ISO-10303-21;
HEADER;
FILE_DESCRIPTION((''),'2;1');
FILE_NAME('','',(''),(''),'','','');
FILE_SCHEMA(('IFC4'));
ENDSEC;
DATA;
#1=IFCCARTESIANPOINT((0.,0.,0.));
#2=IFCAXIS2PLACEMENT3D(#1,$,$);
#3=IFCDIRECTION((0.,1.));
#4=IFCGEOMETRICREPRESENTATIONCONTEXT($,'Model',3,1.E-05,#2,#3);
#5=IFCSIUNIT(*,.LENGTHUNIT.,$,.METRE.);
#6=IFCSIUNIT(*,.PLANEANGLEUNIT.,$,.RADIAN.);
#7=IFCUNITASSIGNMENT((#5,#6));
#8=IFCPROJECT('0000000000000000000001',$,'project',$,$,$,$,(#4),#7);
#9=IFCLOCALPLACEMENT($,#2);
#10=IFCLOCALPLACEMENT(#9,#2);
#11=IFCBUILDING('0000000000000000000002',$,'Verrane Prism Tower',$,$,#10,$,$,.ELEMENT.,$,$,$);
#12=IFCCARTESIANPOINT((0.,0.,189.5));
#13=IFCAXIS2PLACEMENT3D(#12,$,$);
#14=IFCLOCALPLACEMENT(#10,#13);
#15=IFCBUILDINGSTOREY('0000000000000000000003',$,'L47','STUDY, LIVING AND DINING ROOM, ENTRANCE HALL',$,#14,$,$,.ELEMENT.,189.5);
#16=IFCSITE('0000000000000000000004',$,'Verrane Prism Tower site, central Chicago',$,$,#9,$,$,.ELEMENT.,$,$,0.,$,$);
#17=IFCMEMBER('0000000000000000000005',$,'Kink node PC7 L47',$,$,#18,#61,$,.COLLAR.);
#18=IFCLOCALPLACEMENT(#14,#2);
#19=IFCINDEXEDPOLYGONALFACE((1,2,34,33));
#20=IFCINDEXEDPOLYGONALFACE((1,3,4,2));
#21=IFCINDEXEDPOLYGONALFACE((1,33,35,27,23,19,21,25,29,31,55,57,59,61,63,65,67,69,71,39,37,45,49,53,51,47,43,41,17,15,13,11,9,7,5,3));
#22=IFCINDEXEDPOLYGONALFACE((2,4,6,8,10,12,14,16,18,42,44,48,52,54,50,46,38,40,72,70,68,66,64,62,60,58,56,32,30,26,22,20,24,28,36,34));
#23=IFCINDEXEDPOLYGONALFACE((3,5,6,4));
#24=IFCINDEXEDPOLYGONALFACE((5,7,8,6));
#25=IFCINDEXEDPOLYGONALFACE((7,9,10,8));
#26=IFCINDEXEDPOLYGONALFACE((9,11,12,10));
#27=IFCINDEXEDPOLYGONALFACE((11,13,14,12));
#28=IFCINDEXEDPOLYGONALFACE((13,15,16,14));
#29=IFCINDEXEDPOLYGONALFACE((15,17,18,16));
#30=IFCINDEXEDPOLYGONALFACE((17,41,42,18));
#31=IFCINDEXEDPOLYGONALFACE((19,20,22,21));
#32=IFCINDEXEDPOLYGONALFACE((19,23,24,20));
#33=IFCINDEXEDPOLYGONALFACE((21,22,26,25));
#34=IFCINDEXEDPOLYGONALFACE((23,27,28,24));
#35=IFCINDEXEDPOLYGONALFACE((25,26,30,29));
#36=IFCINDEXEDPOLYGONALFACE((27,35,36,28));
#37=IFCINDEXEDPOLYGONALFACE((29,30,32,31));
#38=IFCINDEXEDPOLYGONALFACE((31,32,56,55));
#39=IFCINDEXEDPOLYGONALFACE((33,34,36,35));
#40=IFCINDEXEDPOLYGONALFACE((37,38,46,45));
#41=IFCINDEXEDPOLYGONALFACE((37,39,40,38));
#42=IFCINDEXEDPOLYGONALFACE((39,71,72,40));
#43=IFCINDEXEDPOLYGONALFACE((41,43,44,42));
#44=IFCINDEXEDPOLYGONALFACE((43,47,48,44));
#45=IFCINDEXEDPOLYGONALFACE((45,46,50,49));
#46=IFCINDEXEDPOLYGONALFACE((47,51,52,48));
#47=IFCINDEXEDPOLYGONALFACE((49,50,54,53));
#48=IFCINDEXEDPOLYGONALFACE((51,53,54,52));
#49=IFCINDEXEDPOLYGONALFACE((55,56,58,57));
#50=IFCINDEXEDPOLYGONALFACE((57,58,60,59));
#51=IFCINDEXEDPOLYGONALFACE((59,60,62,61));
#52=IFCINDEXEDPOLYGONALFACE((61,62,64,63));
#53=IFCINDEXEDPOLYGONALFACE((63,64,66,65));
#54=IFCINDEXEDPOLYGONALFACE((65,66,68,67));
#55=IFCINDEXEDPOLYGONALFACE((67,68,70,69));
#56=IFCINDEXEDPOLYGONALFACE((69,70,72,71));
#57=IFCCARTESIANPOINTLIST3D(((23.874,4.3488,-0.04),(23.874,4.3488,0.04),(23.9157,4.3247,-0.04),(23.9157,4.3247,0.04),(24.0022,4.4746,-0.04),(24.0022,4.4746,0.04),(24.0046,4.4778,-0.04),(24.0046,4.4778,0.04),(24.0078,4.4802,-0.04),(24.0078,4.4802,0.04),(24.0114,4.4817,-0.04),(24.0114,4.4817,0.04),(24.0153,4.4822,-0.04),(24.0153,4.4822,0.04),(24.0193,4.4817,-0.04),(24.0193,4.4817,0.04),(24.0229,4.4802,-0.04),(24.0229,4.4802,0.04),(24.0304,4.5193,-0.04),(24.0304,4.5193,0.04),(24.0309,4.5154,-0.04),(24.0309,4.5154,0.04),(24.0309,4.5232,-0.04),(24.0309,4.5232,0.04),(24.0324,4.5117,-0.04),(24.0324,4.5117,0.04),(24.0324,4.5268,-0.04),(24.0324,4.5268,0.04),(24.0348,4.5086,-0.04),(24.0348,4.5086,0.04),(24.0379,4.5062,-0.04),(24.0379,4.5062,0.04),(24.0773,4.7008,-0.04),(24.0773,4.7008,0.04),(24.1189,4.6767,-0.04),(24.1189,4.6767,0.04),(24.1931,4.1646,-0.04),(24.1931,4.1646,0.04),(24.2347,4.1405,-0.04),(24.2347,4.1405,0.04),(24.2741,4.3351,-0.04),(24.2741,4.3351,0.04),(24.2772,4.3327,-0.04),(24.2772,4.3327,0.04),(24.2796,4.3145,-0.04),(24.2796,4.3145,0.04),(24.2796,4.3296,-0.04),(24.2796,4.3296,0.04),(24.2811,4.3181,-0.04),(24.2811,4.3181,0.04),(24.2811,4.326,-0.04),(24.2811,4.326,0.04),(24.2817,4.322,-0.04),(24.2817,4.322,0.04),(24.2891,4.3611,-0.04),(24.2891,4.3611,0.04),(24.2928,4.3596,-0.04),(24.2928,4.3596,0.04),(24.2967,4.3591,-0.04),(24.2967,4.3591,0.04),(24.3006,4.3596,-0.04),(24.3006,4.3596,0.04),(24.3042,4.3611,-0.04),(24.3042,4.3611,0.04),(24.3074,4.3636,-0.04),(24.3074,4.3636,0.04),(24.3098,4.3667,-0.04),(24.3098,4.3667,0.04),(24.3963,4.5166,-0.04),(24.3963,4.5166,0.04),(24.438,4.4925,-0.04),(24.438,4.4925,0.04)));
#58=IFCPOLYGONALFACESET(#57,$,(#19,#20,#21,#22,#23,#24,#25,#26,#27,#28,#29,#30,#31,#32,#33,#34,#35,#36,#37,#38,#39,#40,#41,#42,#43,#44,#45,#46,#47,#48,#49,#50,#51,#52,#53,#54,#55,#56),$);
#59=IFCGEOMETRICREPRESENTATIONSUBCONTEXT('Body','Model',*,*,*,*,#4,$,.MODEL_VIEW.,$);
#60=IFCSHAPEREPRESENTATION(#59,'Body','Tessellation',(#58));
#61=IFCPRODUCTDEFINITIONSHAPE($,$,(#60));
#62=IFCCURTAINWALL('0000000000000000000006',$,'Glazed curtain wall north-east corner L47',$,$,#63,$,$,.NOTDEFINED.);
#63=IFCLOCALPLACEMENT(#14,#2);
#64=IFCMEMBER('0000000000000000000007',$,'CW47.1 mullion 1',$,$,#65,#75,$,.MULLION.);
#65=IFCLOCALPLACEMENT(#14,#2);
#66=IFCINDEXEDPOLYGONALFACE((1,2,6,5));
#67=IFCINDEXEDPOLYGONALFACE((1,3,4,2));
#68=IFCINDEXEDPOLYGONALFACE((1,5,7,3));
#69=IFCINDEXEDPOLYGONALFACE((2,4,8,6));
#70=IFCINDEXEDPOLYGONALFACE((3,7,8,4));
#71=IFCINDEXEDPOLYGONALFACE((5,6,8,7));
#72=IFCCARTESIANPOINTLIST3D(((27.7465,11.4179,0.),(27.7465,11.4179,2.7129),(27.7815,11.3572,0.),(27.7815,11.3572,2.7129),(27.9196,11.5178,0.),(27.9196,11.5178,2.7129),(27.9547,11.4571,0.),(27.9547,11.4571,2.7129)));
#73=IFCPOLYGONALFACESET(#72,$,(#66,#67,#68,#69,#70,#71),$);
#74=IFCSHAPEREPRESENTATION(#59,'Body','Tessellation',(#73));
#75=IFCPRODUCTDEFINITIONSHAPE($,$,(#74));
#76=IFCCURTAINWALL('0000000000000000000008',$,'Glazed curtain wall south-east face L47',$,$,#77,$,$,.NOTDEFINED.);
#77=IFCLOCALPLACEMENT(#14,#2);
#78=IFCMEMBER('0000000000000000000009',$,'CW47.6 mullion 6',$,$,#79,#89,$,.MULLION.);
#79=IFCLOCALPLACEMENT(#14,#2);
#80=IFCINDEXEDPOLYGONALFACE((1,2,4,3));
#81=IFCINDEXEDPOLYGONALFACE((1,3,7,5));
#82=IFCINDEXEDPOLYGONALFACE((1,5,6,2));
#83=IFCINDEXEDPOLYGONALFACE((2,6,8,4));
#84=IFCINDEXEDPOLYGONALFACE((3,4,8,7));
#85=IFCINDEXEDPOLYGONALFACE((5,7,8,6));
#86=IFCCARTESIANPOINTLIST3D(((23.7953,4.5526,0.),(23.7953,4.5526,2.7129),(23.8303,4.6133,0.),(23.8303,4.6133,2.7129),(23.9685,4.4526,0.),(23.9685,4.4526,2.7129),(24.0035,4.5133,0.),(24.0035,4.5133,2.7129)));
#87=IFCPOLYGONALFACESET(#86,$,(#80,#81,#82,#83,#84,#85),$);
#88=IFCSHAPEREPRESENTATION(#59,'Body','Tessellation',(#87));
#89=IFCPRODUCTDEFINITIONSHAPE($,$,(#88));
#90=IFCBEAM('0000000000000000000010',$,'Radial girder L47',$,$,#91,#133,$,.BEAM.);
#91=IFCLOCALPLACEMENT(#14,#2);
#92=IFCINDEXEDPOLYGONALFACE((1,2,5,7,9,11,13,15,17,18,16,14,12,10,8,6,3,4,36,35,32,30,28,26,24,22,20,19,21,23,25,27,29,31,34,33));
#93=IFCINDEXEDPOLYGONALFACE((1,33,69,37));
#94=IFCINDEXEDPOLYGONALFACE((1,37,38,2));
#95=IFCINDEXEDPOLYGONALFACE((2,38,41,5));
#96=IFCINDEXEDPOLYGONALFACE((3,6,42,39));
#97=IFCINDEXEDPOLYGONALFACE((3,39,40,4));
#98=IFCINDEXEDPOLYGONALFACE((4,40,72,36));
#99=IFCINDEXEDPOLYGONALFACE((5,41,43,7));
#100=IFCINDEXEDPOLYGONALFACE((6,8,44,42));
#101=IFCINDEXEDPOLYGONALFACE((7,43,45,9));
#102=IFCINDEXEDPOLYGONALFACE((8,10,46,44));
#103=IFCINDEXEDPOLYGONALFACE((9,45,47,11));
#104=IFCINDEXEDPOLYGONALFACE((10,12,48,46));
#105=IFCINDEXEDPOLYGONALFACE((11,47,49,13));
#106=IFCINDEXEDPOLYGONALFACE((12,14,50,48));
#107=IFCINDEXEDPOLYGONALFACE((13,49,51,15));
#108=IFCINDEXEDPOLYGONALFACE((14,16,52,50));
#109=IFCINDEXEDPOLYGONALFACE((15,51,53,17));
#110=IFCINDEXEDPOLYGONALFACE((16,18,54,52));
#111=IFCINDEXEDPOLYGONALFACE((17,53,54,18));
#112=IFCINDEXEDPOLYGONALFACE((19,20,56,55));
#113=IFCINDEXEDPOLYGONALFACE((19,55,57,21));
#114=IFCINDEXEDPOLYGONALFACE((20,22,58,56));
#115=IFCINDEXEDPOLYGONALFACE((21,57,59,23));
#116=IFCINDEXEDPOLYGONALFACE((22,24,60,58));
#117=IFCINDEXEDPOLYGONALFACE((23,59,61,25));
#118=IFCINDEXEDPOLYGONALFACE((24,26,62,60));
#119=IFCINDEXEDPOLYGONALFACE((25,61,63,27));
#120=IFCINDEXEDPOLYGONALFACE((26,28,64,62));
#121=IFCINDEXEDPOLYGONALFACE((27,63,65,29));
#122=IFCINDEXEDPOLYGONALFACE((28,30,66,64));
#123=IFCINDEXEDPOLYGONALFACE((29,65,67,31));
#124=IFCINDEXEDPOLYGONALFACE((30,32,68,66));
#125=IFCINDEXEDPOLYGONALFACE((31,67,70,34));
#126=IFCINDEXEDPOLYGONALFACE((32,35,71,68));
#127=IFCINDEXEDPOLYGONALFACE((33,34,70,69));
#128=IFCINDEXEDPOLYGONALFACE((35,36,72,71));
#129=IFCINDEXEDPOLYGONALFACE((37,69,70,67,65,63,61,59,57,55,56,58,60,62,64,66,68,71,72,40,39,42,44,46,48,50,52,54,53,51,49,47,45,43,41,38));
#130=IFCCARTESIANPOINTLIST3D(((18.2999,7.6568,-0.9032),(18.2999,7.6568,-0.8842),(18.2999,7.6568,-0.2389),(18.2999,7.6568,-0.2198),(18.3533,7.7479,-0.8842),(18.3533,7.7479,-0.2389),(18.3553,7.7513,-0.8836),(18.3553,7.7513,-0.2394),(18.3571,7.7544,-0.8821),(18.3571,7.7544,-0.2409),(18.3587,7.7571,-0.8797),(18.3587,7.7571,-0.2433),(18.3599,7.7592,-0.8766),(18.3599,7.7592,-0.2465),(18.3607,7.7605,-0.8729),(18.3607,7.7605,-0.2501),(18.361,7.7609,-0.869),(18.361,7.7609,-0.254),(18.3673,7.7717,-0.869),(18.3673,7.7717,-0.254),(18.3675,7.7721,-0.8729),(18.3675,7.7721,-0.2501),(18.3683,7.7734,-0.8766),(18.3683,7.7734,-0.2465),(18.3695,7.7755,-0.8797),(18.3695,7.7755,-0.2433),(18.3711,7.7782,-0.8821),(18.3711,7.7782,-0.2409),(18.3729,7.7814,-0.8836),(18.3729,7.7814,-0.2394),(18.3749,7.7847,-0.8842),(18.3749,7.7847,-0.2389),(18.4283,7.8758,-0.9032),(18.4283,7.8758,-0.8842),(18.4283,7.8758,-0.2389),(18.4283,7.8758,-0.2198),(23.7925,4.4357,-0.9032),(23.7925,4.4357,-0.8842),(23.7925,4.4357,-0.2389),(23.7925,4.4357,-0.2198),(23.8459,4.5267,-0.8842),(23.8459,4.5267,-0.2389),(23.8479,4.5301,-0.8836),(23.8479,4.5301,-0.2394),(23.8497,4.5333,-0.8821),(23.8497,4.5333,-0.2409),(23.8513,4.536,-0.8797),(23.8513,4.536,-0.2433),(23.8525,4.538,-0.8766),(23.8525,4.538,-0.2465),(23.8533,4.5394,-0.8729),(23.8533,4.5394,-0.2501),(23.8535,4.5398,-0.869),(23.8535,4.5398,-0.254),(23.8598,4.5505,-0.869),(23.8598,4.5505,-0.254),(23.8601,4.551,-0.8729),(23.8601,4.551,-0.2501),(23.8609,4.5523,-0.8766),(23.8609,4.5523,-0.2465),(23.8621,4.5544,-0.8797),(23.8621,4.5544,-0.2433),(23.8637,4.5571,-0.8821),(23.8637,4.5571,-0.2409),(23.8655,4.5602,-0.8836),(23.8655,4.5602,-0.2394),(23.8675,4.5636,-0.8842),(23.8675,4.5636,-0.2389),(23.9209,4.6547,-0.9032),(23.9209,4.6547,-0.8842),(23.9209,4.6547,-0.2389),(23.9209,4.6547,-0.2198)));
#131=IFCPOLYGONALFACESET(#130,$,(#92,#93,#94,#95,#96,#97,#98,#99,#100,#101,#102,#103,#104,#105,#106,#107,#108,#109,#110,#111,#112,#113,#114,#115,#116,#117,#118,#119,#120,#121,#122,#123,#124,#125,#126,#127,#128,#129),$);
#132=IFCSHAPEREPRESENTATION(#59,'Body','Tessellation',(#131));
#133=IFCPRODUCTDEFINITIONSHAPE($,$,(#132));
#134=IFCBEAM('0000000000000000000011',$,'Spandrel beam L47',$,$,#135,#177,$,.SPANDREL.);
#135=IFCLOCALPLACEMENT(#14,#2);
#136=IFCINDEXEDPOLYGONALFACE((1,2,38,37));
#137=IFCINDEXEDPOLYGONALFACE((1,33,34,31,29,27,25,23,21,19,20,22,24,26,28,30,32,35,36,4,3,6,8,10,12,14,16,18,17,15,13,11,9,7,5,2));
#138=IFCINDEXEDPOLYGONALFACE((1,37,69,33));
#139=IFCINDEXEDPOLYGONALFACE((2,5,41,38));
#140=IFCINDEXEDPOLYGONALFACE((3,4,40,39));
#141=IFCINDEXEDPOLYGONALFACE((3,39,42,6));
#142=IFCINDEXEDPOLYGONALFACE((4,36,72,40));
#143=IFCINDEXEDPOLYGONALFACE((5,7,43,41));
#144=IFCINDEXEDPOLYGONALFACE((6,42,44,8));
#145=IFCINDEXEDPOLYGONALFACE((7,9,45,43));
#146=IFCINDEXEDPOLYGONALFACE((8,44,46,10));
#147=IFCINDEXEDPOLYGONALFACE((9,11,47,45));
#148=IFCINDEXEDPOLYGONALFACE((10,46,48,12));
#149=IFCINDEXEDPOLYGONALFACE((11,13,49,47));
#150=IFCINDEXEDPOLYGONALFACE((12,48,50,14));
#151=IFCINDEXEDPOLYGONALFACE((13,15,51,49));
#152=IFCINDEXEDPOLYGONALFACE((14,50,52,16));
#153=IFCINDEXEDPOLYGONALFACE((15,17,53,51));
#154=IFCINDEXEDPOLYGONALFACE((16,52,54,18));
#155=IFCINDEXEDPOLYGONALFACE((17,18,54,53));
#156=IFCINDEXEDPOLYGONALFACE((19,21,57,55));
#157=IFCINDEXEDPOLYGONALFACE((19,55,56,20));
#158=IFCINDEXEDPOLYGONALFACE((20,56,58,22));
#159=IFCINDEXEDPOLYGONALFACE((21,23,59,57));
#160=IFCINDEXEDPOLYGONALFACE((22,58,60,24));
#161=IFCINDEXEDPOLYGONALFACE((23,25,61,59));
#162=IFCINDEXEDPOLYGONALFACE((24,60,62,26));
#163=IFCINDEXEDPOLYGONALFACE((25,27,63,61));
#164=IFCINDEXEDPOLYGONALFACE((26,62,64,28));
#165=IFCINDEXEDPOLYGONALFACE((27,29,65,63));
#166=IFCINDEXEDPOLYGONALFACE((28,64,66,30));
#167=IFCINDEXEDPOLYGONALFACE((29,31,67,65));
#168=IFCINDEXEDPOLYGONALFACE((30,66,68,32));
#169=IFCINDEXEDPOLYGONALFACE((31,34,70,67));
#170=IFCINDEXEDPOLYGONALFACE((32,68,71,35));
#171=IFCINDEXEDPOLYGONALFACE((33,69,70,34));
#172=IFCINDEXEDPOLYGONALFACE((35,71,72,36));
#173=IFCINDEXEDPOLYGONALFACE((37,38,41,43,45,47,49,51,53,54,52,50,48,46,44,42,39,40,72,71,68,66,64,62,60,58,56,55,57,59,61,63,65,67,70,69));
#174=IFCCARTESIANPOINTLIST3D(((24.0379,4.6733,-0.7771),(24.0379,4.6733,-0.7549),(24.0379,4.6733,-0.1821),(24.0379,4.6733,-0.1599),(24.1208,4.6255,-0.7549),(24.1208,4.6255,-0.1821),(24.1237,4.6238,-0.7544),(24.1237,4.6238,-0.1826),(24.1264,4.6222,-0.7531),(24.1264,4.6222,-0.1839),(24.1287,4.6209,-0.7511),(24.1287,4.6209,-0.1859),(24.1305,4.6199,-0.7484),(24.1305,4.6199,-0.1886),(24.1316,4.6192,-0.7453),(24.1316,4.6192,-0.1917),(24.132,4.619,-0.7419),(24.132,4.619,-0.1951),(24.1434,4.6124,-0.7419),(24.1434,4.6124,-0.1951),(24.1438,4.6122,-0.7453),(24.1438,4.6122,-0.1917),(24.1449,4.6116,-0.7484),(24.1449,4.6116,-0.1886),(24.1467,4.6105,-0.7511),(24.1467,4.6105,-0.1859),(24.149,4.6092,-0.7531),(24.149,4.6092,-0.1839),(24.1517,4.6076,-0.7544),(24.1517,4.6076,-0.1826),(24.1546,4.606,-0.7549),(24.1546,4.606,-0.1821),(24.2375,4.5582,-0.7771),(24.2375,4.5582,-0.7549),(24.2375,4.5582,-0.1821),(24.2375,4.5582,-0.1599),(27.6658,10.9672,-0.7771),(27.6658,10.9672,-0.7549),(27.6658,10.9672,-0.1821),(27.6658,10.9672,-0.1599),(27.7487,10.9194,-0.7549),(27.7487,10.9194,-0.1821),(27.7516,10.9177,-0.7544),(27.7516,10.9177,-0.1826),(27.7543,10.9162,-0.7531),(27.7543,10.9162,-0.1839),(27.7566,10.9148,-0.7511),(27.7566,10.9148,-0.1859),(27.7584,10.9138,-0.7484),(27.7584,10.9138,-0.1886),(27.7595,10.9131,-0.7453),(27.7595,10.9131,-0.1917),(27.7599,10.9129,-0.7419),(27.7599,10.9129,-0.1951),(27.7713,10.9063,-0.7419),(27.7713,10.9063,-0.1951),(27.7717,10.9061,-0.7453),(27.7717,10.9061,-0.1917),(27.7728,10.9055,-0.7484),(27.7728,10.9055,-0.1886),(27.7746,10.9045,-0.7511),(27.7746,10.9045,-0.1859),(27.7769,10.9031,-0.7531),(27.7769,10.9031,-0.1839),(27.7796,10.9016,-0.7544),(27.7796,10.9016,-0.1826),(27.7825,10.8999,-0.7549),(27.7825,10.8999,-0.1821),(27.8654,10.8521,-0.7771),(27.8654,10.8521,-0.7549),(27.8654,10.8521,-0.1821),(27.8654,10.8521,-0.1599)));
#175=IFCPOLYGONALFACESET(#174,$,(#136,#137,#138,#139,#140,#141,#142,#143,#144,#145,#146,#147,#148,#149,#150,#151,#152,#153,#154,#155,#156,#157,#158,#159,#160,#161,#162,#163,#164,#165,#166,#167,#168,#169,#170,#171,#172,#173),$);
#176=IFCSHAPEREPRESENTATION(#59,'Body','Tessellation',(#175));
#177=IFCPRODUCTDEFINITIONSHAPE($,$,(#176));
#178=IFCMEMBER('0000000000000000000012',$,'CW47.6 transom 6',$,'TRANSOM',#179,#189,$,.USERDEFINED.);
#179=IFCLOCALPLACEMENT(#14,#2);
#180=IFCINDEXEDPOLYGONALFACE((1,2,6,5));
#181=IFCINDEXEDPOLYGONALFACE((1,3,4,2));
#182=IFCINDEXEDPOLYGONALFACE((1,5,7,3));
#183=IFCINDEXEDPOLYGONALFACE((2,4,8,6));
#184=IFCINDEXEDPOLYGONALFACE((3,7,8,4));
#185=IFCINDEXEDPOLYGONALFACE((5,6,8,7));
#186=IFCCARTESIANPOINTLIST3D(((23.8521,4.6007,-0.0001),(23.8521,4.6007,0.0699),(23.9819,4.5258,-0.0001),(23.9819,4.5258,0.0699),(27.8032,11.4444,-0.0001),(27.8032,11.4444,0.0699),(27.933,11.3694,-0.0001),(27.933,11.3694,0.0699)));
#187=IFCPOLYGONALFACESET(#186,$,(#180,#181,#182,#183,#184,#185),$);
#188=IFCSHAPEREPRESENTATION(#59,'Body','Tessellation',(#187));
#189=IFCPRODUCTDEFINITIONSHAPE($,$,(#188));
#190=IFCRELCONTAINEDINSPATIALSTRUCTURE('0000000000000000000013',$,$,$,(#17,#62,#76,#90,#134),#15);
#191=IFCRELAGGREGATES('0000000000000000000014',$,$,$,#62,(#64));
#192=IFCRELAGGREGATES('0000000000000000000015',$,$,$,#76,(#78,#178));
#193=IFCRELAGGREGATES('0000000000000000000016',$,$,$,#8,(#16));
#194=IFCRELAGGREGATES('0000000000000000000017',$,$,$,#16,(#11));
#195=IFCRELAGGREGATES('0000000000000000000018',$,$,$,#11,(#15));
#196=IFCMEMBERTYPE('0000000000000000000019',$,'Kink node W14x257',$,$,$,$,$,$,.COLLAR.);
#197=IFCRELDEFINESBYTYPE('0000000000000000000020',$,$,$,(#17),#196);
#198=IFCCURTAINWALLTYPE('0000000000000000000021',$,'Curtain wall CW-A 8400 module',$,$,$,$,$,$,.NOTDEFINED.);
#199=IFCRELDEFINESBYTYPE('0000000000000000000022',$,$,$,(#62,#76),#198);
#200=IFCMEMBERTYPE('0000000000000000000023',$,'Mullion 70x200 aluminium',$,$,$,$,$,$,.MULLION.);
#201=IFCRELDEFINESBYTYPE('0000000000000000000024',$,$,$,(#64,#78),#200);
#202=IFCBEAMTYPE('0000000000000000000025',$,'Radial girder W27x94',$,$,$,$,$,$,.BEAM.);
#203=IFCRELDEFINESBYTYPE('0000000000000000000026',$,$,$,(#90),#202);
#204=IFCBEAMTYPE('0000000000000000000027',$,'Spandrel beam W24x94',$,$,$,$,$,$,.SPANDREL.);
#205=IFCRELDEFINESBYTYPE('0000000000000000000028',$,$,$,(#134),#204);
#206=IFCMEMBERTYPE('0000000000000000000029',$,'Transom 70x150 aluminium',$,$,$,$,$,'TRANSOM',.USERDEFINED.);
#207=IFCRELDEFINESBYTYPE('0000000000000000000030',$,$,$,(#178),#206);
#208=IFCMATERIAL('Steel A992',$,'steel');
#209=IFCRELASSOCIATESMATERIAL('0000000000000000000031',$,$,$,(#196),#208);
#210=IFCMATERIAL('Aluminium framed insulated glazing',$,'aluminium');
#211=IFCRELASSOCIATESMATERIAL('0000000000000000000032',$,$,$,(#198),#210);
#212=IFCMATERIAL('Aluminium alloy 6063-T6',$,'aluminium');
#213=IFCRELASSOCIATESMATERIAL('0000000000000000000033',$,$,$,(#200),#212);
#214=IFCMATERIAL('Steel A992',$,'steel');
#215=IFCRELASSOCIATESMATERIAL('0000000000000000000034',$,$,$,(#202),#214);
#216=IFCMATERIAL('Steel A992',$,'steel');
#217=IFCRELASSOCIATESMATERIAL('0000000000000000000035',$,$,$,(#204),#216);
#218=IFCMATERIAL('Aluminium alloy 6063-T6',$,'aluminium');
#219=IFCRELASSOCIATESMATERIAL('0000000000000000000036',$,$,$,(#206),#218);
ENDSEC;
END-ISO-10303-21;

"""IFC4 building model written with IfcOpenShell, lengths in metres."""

from ifc_helpers import new_model, si_unit, direction, frame, origin, origin_2d, place, context, subcontext, project, spatial, rectangle, i_section, extrude, material, material_profile, profile_set, type_object, element, aggregate, save


model = new_model("IFC4")

# Units and contexts
model_context = context("Model", 3, precision=1e-05, world=origin(), true_north=direction((0.0, 1.0)))
body_context = subcontext(model_context, "Body", "Model", "MODEL_VIEW")
ifc_project = project(units=[si_unit("LENGTHUNIT", "METRE"), si_unit("PLANEANGLEUNIT", "RADIAN")], contexts=[model_context])

# Site, building, storey
site_placement = place(None, origin())
site = spatial("IfcSite", under=ifc_project, at=site_placement, Name="Verrane Prism Tower site, central Chicago", CompositionType="ELEMENT", RefElevation=0.0)
building_placement = place(site_placement, origin())
building = spatial("IfcBuilding", under=site, at=building_placement, Name="Verrane Prism Tower", CompositionType="ELEMENT")
storey_placement = place(building_placement, frame((0.0, 0.0, 189.5)))
storey = spatial("IfcBuildingStorey", under=building, at=storey_placement, Name="L47", Description="STUDY, LIVING AND DINING ROOM, ENTRANCE HALL", CompositionType="ELEMENT", Elevation=189.5)

# Member
ifc_material_1 = material(Name="Steel A992", Category="steel")
ifc_material_profile_1 = material_profile(ifc_material_1, i_section(OverallWidth=0.4065, OverallDepth=0.4165, WebThickness=0.03, FlangeThickness=0.0481, FilletRadius=0.0151, at=origin_2d()), Name="W14x257")
ifc_profile_set_1 = profile_set([ifc_material_profile_1], Name="Steel A992")
member_type_1 = type_object("IfcMemberType", Name="Kink node W14x257", PredefinedType="COLLAR", material=ifc_profile_set_1)
member_1_placement = place(storey_placement, frame((24.156, 4.4207, -0.04), z_axis=(0.0, 0.0, 1.0), x_axis=(-0.5, -0.866025, 0.0)))
element("IfcMember", 1, at=member_1_placement, inside=storey, type_object=member_type_1, Name="Kink node PC7 L47", PredefinedType="COLLAR", context=body_context, shape_type="SweptSolid", body=[
    extrude(i_section(OverallWidth=0.4065, OverallDepth=0.4165, WebThickness=0.03, FlangeThickness=0.0481, FilletRadius=0.0151, at=origin_2d()), origin(), (0.0, 0.0, 1.0), 0.0801),
])

# Curtain walls, members
ifc_material_2 = material(Name="Aluminium framed insulated glazing", Category="aluminium")
curtain_wall_type = type_object("IfcCurtainWallType", Name="Curtain wall CW-A 8400 module", PredefinedType="NOTDEFINED", material=ifc_material_2)
curtain_wall_1_placement = place(storey_placement, origin())
curtain_wall_1 = element("IfcCurtainWall", 2, at=curtain_wall_1_placement, inside=storey, type_object=curtain_wall_type, Name="Glazed curtain wall north-east corner L47", PredefinedType="NOTDEFINED")
ifc_material_3 = material(Name="Aluminium alloy 6063-T6", Category="aluminium")
ifc_material_profile_2 = material_profile(ifc_material_3, rectangle(XDim=0.2, YDim=0.0701, at=origin_2d()), Name="Mullion 70x200 aluminium")
ifc_profile_set_2 = profile_set([ifc_material_profile_2], Name="Aluminium alloy 6063-T6")
member_type_2 = type_object("IfcMemberType", Name="Mullion 70x200 aluminium", PredefinedType="MULLION", material=ifc_profile_set_2)
member_2_placement = place(storey_placement, frame((27.8506, 11.4375, 0.0), z_axis=(0.0, 0.0, 1.0), x_axis=(-0.866023, -0.500005, 0.0)))
member_2 = element("IfcMember", 3, at=member_2_placement, type_object=member_type_2, Name="CW47.1 mullion 1", PredefinedType="MULLION", context=body_context, shape_type="SweptSolid", body=[
    extrude(rectangle(XDim=0.2, YDim=0.0701, at=origin_2d()), origin(), (0.0, 0.0, 1.0), 2.7129),
])
aggregate(curtain_wall_1, [member_2])
curtain_wall_2_placement = place(storey_placement, origin())
curtain_wall_2 = element("IfcCurtainWall", 4, at=curtain_wall_2_placement, inside=storey, type_object=curtain_wall_type, Name="Glazed curtain wall south-east face L47", PredefinedType="NOTDEFINED")
member_3_placement = place(storey_placement, frame((23.8994, 4.533, 0.0), z_axis=(0.0, 0.0, 1.0), x_axis=(-0.866026, 0.5, 0.0)))
member_3 = element("IfcMember", 5, at=member_3_placement, type_object=member_type_2, Name="CW47.6 mullion 6", PredefinedType="MULLION", context=body_context, shape_type="SweptSolid", body=[
    extrude(rectangle(XDim=0.2, YDim=0.0701, at=origin_2d()), origin(), (0.0, 0.0, 1.0), 2.7129),
])

# Beams
ifc_material_4 = material(Name="Steel A992", Category="steel")
ifc_material_profile_3 = material_profile(ifc_material_4, i_section(OverallWidth=0.2539, OverallDepth=0.6833, WebThickness=0.0125, FlangeThickness=0.019, FilletRadius=0.0151, at=origin_2d()), Name="W27x94")
ifc_profile_set_3 = profile_set([ifc_material_profile_3], Name="Steel A992")
beam_type_1 = type_object("IfcBeamType", Name="Radial girder W27x94", PredefinedType="BEAM", material=ifc_profile_set_3)
beam_1_placement = place(storey_placement, frame((23.8567, 4.5452, -0.5615), z_axis=(-0.862606, 0.505877, 0.0), x_axis=(-0.505877, -0.862606, 0.0)))
element("IfcBeam", 6, at=beam_1_placement, inside=storey, type_object=beam_type_1, Name="Radial girder L47", PredefinedType="BEAM", context=body_context, shape_type="SweptSolid", body=[
    extrude(i_section(OverallWidth=0.2539, OverallDepth=0.6833, WebThickness=0.0125, FlangeThickness=0.019, FilletRadius=0.0151, at=origin_2d()), origin(), (0.0, 0.0, 1.0), 6.3674),
])
ifc_material_5 = material(Name="Steel A992", Category="steel")
ifc_material_profile_4 = material_profile(ifc_material_5, i_section(OverallWidth=0.2305, OverallDepth=0.6172, WebThickness=0.0132, FlangeThickness=0.0222, FilletRadius=0.0129, at=origin_2d()), Name="W24x94")
ifc_profile_set_4 = profile_set([ifc_material_profile_4], Name="Steel A992")
beam_type_2 = type_object("IfcBeamType", Name="Spandrel beam W24x94", PredefinedType="SPANDREL", material=ifc_profile_set_4)
beam_2_placement = place(storey_placement, frame((24.1377, 4.6157, -0.4685), z_axis=(0.499393, 0.866376, 0.0), x_axis=(-0.866376, 0.499393, 0.0)))
element("IfcBeam", 7, at=beam_2_placement, inside=storey, type_object=beam_type_2, Name="Spandrel beam L47", PredefinedType="SPANDREL", context=body_context, shape_type="SweptSolid", body=[
    extrude(i_section(OverallWidth=0.2305, OverallDepth=0.6172, WebThickness=0.0132, FlangeThickness=0.0222, FilletRadius=0.0129, at=origin_2d()), origin(), (0.0, 0.0, 1.0), 7.2646),
])

# Member
ifc_material_6 = material(Name="Aluminium alloy 6063-T6", Category="aluminium")
ifc_material_profile_5 = material_profile(ifc_material_6, rectangle(XDim=0.1499, YDim=0.0701, at=origin_2d()), Name="Transom 70x150 aluminium")
ifc_profile_set_5 = profile_set([ifc_material_profile_5], Name="Aluminium alloy 6063-T6")
member_type_3 = type_object("IfcMemberType", Name="Transom 70x150 aluminium", ElementType="TRANSOM", PredefinedType="USERDEFINED", material=ifc_profile_set_5)
member_4_placement = place(storey_placement, frame((23.917, 4.5632, 0.0349), z_axis=(0.499993, 0.866029, 0.0), x_axis=(-0.866029, 0.499993, 0.0)))
member_4 = element("IfcMember", 8, at=member_4_placement, type_object=member_type_3, Name="CW47.6 transom 6", ObjectType="TRANSOM", PredefinedType="USERDEFINED", context=body_context, shape_type="SweptSolid", body=[
    extrude(rectangle(XDim=0.1499, YDim=0.0701, at=origin_2d()), origin(), (0.0, 0.0, 1.0), 7.9023),
])

aggregate(curtain_wall_2, [member_3, member_4])

save(model, "model.ifc")
